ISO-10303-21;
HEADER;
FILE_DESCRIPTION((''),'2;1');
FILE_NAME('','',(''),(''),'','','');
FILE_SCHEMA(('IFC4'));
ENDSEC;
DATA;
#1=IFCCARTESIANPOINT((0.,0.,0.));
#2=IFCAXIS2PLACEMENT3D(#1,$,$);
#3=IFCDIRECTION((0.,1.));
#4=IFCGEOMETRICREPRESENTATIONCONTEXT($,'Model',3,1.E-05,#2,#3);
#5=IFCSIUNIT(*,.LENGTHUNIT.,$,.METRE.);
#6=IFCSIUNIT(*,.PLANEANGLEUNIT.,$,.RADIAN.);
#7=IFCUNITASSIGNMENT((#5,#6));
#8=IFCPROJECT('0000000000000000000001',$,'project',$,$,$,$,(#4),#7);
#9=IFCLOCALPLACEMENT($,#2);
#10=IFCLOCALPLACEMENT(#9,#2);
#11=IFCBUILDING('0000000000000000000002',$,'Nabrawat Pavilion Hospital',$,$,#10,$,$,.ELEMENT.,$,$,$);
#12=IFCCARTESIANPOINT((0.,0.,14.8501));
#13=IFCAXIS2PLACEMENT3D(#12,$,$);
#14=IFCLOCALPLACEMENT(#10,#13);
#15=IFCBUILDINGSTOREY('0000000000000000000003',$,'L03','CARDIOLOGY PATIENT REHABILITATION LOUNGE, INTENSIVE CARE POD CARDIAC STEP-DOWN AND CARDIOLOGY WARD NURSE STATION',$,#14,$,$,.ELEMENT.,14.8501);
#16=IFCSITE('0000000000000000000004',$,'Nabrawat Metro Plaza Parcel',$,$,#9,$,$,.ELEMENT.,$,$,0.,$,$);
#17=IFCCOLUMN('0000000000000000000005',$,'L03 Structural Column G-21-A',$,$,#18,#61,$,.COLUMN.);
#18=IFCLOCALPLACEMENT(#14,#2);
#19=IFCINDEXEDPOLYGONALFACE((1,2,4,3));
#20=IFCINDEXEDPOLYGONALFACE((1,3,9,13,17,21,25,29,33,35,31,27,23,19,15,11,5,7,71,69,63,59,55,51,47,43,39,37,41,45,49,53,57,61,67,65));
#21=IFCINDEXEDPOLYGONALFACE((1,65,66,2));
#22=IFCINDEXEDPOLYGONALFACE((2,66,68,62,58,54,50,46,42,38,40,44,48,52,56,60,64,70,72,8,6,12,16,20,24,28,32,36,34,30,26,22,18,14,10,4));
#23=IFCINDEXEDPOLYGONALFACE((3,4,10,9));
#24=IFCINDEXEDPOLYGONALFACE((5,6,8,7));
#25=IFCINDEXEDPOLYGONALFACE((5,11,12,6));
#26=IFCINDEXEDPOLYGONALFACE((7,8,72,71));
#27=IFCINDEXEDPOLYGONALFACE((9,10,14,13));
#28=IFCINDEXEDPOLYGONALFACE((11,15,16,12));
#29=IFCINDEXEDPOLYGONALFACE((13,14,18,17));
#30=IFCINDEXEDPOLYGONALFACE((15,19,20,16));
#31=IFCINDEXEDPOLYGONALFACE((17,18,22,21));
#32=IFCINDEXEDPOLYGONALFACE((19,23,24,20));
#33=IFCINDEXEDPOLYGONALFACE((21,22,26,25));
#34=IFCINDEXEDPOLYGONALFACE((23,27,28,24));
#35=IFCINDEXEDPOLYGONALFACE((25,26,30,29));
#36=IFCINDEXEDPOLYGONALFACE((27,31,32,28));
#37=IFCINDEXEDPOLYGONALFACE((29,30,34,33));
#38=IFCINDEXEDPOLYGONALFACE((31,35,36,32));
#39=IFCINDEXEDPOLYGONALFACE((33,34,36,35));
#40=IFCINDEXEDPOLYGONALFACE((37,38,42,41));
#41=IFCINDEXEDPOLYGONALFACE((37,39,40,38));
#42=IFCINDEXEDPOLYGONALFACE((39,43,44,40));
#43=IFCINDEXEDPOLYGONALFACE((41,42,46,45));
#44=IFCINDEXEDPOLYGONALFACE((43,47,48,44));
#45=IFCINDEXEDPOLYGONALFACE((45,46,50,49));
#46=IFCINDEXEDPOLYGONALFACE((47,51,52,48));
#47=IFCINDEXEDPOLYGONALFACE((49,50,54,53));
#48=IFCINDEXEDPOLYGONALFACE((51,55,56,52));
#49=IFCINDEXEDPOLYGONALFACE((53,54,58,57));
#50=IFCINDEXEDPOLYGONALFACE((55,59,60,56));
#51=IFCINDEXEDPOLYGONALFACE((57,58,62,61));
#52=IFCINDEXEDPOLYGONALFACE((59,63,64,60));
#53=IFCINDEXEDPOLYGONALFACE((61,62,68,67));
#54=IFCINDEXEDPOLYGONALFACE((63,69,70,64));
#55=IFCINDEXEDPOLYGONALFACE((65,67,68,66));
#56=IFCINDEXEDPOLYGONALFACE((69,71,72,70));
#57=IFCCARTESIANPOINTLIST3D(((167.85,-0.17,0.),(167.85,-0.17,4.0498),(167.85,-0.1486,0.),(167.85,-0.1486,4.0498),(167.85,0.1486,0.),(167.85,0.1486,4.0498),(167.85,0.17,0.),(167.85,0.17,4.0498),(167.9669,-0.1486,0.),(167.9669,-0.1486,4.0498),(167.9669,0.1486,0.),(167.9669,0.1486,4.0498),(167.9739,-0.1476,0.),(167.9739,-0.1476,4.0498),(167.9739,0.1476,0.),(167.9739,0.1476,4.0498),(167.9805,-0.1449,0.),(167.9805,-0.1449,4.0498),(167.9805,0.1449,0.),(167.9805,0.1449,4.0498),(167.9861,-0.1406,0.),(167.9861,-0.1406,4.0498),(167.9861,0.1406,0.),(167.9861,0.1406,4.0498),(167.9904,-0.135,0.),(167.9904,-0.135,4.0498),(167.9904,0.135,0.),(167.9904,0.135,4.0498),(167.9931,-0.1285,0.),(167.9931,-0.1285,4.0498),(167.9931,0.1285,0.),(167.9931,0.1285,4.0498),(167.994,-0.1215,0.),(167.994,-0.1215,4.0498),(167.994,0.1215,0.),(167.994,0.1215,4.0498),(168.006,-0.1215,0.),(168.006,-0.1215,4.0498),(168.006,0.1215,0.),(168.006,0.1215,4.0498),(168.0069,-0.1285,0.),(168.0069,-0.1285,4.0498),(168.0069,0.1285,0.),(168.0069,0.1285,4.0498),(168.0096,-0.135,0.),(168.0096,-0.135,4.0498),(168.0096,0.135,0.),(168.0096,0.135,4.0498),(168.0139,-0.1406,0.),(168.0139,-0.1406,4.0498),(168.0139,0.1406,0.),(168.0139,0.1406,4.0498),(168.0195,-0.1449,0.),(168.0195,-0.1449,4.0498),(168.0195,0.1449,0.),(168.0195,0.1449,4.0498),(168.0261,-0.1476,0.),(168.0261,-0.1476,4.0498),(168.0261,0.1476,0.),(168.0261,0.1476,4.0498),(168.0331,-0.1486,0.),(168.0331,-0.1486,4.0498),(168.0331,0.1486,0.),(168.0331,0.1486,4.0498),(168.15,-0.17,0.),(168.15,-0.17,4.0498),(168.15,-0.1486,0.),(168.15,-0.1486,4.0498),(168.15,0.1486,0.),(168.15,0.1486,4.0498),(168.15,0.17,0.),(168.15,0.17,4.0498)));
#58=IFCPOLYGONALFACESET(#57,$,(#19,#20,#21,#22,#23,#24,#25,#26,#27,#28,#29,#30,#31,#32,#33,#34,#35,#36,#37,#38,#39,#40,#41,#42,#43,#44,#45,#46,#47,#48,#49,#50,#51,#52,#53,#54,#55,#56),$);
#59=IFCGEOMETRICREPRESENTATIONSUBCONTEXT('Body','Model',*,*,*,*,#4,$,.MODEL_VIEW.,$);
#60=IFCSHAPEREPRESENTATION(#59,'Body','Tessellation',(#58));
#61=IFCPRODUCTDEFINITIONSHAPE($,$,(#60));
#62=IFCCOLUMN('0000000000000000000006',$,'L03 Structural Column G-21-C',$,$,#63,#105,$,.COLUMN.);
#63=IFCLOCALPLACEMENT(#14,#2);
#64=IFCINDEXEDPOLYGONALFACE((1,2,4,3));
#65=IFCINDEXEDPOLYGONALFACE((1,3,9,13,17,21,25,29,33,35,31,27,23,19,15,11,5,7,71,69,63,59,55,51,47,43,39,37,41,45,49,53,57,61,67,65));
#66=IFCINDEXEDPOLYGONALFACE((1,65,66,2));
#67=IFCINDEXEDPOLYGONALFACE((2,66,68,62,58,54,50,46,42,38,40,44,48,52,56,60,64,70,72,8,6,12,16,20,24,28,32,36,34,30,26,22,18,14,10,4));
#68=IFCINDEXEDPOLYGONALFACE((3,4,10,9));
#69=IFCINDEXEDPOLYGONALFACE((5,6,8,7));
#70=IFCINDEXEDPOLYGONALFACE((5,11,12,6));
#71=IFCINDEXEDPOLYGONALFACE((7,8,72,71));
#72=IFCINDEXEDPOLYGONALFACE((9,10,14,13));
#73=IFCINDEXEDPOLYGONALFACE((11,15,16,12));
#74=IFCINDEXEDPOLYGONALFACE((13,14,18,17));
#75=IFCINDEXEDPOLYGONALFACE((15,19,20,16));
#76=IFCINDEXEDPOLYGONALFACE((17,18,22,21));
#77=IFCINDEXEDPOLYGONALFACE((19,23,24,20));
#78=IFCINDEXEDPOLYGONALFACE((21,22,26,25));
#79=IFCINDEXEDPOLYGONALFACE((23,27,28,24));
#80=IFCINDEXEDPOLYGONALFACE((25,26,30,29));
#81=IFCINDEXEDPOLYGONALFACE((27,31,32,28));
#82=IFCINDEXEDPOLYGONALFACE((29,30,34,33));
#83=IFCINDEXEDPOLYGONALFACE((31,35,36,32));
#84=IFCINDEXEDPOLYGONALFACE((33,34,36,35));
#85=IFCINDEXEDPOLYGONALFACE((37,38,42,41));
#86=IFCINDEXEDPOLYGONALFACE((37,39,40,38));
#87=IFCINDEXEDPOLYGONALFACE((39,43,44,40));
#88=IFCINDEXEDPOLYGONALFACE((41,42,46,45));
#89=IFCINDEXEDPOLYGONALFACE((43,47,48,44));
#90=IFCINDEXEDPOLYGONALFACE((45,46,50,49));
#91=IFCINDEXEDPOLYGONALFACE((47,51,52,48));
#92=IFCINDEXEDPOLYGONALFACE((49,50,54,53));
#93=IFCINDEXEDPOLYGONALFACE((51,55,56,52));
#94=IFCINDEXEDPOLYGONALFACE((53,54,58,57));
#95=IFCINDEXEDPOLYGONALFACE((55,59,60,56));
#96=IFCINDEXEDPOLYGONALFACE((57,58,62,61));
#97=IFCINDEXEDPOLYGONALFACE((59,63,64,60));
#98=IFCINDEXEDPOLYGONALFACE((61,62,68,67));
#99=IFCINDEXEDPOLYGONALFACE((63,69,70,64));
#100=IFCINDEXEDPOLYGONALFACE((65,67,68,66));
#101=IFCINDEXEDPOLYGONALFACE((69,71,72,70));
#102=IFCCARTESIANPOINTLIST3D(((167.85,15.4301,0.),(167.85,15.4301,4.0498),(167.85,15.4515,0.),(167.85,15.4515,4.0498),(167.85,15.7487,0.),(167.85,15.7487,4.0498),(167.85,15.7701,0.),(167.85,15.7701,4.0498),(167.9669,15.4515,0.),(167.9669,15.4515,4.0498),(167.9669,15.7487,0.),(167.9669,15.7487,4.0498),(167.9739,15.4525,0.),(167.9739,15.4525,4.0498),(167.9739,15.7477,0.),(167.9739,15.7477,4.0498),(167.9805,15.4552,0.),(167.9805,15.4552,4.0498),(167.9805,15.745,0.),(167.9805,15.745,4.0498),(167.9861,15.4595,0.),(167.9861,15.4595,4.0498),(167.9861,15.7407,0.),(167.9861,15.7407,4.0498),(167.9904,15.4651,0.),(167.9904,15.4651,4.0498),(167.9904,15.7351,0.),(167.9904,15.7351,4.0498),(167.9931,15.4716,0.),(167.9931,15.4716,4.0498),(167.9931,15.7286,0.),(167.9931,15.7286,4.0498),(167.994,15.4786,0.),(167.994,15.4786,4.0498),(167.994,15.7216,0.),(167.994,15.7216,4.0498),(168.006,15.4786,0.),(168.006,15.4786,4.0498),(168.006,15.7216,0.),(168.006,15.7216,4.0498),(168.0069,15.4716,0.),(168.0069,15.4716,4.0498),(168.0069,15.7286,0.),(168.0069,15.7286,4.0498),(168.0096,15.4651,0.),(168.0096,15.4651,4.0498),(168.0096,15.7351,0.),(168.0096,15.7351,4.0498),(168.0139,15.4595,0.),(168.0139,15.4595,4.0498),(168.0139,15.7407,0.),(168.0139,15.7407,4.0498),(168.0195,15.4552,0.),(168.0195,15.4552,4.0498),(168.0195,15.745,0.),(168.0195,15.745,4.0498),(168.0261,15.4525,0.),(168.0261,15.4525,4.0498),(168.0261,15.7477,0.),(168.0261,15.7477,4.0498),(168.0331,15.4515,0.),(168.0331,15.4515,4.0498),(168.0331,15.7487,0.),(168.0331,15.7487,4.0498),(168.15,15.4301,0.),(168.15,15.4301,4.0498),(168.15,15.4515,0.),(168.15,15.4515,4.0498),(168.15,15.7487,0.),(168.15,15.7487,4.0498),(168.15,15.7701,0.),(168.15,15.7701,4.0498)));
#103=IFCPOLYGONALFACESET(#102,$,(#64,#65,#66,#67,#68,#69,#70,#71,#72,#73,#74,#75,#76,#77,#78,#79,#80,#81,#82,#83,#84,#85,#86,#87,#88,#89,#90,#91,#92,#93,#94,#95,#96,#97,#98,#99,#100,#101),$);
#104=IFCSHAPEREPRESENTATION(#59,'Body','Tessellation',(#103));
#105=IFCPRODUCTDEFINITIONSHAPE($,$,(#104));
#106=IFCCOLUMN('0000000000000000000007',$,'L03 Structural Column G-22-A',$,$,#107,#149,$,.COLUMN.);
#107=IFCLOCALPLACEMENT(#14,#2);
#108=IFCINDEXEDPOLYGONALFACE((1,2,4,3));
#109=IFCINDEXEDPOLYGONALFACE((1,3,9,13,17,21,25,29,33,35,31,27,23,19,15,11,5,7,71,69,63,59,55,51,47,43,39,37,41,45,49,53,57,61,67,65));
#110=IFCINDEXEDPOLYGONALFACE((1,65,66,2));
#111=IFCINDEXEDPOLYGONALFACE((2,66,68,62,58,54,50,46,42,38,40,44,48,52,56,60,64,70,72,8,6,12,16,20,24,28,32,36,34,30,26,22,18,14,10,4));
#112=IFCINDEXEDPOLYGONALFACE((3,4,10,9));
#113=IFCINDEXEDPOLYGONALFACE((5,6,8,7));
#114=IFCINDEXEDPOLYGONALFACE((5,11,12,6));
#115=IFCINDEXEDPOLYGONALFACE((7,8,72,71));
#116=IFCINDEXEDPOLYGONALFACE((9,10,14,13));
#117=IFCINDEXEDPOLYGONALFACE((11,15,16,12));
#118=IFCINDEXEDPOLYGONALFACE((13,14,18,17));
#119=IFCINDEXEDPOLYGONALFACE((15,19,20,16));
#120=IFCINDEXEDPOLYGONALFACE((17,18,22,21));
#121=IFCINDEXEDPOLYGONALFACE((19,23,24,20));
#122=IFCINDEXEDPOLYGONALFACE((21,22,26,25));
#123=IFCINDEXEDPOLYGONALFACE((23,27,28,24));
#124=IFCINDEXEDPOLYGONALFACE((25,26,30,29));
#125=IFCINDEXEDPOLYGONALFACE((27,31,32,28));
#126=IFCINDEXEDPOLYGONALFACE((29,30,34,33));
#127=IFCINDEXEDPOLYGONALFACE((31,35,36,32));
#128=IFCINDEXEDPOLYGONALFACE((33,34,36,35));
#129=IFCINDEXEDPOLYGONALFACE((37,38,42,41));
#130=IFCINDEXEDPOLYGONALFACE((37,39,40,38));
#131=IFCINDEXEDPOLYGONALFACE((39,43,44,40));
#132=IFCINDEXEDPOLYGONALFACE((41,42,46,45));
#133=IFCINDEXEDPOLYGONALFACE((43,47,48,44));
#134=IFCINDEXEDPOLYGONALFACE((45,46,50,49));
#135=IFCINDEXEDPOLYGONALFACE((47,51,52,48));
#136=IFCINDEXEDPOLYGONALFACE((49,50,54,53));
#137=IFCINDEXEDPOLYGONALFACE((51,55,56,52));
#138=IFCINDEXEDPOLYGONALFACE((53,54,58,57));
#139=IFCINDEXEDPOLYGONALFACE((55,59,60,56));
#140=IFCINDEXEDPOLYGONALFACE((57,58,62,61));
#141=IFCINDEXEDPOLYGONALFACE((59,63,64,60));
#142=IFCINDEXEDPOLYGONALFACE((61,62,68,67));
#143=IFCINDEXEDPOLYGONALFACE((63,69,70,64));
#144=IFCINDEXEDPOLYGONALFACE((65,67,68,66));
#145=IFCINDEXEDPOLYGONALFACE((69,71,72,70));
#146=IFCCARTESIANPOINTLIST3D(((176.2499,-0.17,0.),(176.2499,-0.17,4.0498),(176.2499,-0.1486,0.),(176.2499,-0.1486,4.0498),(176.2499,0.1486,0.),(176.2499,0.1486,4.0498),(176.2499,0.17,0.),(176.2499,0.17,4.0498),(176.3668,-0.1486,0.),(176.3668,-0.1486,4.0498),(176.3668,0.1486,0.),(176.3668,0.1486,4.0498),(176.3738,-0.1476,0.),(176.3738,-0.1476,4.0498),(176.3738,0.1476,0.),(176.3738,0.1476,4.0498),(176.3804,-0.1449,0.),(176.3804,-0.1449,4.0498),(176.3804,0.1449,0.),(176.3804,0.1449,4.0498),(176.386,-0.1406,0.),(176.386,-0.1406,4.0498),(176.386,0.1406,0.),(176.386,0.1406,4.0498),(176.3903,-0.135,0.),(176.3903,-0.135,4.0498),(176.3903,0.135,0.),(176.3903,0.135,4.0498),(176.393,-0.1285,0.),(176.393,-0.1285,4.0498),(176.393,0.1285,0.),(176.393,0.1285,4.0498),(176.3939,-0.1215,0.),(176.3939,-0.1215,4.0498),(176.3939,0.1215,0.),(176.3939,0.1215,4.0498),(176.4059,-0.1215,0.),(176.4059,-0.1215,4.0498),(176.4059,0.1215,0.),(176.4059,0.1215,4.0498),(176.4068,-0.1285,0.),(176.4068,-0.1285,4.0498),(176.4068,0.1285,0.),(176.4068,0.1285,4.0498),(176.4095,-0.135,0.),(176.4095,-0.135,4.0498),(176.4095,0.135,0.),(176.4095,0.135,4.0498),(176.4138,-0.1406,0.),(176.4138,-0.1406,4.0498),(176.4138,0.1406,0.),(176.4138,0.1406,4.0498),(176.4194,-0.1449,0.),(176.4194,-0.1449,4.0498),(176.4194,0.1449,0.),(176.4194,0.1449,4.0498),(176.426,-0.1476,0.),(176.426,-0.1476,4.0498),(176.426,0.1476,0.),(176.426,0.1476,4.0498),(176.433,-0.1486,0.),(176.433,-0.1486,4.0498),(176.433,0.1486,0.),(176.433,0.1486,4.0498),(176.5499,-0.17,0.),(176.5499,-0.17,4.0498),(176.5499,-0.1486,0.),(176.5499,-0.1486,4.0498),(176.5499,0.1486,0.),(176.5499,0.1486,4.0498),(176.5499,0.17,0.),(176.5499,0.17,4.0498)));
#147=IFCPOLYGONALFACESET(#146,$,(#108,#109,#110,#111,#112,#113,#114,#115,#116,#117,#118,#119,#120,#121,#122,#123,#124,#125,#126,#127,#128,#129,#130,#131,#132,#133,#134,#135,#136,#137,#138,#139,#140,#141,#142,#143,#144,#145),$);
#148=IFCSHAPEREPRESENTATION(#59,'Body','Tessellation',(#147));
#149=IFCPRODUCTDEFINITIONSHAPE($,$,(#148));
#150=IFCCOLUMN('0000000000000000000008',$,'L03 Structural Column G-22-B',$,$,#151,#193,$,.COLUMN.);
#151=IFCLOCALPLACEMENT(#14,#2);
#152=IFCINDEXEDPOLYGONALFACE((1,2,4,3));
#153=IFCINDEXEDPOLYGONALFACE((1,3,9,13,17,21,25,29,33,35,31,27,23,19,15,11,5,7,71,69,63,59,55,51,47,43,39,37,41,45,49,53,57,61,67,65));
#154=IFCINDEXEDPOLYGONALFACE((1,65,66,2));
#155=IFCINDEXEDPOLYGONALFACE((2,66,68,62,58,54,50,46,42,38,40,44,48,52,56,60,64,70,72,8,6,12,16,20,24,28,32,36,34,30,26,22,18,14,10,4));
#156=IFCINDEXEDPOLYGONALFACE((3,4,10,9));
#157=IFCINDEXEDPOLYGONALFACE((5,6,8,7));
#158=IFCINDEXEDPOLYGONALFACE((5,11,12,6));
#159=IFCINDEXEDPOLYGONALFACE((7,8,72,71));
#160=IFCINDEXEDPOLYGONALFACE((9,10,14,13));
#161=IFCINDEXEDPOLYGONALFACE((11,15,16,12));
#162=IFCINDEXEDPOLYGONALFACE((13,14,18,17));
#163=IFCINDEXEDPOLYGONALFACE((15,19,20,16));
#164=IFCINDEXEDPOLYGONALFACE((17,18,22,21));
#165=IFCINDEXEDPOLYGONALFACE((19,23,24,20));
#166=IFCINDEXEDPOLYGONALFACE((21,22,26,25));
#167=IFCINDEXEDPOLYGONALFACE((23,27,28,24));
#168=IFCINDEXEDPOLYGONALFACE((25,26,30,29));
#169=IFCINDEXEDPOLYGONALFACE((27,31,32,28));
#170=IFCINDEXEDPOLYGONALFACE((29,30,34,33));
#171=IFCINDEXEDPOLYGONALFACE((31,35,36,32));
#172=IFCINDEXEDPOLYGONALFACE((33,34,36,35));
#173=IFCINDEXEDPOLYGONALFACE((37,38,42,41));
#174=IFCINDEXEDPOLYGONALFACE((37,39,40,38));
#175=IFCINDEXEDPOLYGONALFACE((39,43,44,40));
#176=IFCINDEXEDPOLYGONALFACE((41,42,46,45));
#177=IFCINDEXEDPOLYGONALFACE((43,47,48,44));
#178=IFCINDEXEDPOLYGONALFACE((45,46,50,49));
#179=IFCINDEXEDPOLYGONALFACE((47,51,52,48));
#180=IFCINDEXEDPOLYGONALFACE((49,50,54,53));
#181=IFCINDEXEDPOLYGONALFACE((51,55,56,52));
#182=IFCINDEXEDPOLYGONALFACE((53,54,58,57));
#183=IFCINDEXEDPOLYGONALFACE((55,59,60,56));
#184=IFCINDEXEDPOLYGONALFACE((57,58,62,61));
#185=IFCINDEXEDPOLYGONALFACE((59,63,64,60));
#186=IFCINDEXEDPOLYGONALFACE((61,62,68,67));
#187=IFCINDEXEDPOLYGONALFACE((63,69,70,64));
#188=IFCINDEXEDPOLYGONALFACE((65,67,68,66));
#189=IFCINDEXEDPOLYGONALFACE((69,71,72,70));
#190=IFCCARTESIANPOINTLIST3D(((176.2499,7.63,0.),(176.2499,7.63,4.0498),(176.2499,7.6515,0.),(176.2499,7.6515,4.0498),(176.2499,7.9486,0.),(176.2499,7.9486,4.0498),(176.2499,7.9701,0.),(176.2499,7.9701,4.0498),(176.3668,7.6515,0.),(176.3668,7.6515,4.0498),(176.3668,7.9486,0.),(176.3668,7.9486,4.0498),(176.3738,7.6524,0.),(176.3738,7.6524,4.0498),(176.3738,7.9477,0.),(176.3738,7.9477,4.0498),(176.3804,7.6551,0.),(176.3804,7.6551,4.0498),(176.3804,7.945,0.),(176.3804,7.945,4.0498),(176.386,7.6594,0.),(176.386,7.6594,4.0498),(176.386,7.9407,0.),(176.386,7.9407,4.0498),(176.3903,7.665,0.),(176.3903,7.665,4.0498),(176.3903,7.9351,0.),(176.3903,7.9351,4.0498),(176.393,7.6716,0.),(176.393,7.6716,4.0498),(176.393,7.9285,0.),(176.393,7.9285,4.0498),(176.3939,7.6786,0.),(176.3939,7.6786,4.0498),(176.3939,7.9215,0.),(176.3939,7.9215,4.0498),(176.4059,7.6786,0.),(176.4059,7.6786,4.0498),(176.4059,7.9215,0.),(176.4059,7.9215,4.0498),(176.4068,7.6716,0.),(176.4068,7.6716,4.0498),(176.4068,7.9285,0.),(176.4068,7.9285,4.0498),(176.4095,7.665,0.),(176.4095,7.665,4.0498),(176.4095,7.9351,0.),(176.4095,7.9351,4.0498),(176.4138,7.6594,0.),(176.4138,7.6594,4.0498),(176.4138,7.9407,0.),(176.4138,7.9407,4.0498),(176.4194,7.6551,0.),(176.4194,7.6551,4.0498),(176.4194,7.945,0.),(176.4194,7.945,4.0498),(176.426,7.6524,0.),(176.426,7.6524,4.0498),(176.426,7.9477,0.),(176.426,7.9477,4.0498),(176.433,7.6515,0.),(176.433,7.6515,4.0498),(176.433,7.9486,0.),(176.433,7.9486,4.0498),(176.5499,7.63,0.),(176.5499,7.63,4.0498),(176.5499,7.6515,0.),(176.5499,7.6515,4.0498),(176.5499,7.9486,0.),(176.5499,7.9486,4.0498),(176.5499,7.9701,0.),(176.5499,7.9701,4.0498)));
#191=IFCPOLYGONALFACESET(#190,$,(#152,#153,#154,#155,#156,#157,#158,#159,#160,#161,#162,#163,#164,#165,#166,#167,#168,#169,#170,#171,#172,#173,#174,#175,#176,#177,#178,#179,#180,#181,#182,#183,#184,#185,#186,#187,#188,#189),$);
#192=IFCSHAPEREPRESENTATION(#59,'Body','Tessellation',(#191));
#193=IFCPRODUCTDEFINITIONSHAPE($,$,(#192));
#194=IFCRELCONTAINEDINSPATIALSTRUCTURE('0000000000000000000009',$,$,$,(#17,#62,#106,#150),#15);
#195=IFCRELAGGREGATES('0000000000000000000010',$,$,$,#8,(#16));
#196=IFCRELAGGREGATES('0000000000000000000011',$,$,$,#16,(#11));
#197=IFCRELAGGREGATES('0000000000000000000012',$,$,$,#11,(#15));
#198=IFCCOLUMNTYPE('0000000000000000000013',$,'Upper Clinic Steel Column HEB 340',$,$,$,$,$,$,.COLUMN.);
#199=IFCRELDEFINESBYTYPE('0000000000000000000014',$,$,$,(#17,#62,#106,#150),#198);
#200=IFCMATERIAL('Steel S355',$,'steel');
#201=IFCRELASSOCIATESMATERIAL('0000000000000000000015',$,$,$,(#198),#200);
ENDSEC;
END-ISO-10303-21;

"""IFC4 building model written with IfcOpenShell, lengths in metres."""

from ifc_helpers import new_model, si_unit, direction, frame, origin, origin_2d, place, context, subcontext, project, spatial, i_section, extrude, material, material_profile, profile_set, type_object, element, save


model = new_model("IFC4")

# Units and contexts
model_context = context("Model", 3, precision=1e-05, world=origin(), true_north=direction((0.0, 1.0)))
body_context = subcontext(model_context, "Body", "Model", "MODEL_VIEW")
ifc_project = project(units=[si_unit("LENGTHUNIT", "METRE"), si_unit("PLANEANGLEUNIT", "RADIAN")], contexts=[model_context])

# Site, building, storey
site_placement = place(None, origin())
site = spatial("IfcSite", under=ifc_project, at=site_placement, Name="Nabrawat Metro Plaza Parcel", CompositionType="ELEMENT", RefElevation=0.0)
building_placement = place(site_placement, origin())
building = spatial("IfcBuilding", under=site, at=building_placement, Name="Nabrawat Pavilion Hospital", CompositionType="ELEMENT")
storey_placement = place(building_placement, frame((0.0, 0.0, 14.8501)))
storey = spatial("IfcBuildingStorey", under=building, at=storey_placement, Name="L03", Description="CARDIOLOGY PATIENT REHABILITATION LOUNGE, INTENSIVE CARE POD CARDIAC STEP-DOWN AND CARDIOLOGY WARD NURSE STATION", CompositionType="ELEMENT", Elevation=14.8501)

# Columns
ifc_material_1 = material(Name="Steel S355", Category="steel")
ifc_material_profile_1 = material_profile(ifc_material_1, i_section(OverallWidth=0.3, OverallDepth=0.3401, WebThickness=0.012, FlangeThickness=0.0215, FilletRadius=0.0271, at=origin_2d()), Name="HEB 340")
ifc_profile_set_1 = profile_set([ifc_material_profile_1], Name="Steel S355")
column_type = type_object("IfcColumnType", Name="Upper Clinic Steel Column HEB 340", PredefinedType="COLUMN", material=ifc_profile_set_1)
for number, where, z_axis, x_axis, name in (
    (1, (168.0, 0.0, 0.0), (0.0, 0.0, 1.0), (1.0, 0.0, 0.0), "L03 Structural Column G-21-A"),
    (2, (168.0, 15.6001, 0.0), (0.0, 0.0, 1.0), (1.0, 0.0, 0.0), "L03 Structural Column G-21-C"),
    (3, (176.3999, 0.0, 0.0), (0.0, 0.0, 1.0), (1.0, 0.0, 0.0), "L03 Structural Column G-22-A"),
    (4, (176.3999, 7.8, 0.0), (0.0, 0.0, 1.0), (1.0, 0.0, 0.0), "L03 Structural Column G-22-B"),
):
    element("IfcColumn", number, at=place(storey_placement, frame(where, z_axis=z_axis, x_axis=x_axis)), inside=storey, type_object=column_type, Name=name, PredefinedType="COLUMN", context=body_context, shape_type="SweptSolid", body=[
        extrude(i_section(OverallWidth=0.3, OverallDepth=0.3401, WebThickness=0.012, FlangeThickness=0.0215, FilletRadius=0.0271, at=origin_2d()), origin(), (0.0, 0.0, 1.0), 4.0498),
    ])

save(model, "model.ifc")
